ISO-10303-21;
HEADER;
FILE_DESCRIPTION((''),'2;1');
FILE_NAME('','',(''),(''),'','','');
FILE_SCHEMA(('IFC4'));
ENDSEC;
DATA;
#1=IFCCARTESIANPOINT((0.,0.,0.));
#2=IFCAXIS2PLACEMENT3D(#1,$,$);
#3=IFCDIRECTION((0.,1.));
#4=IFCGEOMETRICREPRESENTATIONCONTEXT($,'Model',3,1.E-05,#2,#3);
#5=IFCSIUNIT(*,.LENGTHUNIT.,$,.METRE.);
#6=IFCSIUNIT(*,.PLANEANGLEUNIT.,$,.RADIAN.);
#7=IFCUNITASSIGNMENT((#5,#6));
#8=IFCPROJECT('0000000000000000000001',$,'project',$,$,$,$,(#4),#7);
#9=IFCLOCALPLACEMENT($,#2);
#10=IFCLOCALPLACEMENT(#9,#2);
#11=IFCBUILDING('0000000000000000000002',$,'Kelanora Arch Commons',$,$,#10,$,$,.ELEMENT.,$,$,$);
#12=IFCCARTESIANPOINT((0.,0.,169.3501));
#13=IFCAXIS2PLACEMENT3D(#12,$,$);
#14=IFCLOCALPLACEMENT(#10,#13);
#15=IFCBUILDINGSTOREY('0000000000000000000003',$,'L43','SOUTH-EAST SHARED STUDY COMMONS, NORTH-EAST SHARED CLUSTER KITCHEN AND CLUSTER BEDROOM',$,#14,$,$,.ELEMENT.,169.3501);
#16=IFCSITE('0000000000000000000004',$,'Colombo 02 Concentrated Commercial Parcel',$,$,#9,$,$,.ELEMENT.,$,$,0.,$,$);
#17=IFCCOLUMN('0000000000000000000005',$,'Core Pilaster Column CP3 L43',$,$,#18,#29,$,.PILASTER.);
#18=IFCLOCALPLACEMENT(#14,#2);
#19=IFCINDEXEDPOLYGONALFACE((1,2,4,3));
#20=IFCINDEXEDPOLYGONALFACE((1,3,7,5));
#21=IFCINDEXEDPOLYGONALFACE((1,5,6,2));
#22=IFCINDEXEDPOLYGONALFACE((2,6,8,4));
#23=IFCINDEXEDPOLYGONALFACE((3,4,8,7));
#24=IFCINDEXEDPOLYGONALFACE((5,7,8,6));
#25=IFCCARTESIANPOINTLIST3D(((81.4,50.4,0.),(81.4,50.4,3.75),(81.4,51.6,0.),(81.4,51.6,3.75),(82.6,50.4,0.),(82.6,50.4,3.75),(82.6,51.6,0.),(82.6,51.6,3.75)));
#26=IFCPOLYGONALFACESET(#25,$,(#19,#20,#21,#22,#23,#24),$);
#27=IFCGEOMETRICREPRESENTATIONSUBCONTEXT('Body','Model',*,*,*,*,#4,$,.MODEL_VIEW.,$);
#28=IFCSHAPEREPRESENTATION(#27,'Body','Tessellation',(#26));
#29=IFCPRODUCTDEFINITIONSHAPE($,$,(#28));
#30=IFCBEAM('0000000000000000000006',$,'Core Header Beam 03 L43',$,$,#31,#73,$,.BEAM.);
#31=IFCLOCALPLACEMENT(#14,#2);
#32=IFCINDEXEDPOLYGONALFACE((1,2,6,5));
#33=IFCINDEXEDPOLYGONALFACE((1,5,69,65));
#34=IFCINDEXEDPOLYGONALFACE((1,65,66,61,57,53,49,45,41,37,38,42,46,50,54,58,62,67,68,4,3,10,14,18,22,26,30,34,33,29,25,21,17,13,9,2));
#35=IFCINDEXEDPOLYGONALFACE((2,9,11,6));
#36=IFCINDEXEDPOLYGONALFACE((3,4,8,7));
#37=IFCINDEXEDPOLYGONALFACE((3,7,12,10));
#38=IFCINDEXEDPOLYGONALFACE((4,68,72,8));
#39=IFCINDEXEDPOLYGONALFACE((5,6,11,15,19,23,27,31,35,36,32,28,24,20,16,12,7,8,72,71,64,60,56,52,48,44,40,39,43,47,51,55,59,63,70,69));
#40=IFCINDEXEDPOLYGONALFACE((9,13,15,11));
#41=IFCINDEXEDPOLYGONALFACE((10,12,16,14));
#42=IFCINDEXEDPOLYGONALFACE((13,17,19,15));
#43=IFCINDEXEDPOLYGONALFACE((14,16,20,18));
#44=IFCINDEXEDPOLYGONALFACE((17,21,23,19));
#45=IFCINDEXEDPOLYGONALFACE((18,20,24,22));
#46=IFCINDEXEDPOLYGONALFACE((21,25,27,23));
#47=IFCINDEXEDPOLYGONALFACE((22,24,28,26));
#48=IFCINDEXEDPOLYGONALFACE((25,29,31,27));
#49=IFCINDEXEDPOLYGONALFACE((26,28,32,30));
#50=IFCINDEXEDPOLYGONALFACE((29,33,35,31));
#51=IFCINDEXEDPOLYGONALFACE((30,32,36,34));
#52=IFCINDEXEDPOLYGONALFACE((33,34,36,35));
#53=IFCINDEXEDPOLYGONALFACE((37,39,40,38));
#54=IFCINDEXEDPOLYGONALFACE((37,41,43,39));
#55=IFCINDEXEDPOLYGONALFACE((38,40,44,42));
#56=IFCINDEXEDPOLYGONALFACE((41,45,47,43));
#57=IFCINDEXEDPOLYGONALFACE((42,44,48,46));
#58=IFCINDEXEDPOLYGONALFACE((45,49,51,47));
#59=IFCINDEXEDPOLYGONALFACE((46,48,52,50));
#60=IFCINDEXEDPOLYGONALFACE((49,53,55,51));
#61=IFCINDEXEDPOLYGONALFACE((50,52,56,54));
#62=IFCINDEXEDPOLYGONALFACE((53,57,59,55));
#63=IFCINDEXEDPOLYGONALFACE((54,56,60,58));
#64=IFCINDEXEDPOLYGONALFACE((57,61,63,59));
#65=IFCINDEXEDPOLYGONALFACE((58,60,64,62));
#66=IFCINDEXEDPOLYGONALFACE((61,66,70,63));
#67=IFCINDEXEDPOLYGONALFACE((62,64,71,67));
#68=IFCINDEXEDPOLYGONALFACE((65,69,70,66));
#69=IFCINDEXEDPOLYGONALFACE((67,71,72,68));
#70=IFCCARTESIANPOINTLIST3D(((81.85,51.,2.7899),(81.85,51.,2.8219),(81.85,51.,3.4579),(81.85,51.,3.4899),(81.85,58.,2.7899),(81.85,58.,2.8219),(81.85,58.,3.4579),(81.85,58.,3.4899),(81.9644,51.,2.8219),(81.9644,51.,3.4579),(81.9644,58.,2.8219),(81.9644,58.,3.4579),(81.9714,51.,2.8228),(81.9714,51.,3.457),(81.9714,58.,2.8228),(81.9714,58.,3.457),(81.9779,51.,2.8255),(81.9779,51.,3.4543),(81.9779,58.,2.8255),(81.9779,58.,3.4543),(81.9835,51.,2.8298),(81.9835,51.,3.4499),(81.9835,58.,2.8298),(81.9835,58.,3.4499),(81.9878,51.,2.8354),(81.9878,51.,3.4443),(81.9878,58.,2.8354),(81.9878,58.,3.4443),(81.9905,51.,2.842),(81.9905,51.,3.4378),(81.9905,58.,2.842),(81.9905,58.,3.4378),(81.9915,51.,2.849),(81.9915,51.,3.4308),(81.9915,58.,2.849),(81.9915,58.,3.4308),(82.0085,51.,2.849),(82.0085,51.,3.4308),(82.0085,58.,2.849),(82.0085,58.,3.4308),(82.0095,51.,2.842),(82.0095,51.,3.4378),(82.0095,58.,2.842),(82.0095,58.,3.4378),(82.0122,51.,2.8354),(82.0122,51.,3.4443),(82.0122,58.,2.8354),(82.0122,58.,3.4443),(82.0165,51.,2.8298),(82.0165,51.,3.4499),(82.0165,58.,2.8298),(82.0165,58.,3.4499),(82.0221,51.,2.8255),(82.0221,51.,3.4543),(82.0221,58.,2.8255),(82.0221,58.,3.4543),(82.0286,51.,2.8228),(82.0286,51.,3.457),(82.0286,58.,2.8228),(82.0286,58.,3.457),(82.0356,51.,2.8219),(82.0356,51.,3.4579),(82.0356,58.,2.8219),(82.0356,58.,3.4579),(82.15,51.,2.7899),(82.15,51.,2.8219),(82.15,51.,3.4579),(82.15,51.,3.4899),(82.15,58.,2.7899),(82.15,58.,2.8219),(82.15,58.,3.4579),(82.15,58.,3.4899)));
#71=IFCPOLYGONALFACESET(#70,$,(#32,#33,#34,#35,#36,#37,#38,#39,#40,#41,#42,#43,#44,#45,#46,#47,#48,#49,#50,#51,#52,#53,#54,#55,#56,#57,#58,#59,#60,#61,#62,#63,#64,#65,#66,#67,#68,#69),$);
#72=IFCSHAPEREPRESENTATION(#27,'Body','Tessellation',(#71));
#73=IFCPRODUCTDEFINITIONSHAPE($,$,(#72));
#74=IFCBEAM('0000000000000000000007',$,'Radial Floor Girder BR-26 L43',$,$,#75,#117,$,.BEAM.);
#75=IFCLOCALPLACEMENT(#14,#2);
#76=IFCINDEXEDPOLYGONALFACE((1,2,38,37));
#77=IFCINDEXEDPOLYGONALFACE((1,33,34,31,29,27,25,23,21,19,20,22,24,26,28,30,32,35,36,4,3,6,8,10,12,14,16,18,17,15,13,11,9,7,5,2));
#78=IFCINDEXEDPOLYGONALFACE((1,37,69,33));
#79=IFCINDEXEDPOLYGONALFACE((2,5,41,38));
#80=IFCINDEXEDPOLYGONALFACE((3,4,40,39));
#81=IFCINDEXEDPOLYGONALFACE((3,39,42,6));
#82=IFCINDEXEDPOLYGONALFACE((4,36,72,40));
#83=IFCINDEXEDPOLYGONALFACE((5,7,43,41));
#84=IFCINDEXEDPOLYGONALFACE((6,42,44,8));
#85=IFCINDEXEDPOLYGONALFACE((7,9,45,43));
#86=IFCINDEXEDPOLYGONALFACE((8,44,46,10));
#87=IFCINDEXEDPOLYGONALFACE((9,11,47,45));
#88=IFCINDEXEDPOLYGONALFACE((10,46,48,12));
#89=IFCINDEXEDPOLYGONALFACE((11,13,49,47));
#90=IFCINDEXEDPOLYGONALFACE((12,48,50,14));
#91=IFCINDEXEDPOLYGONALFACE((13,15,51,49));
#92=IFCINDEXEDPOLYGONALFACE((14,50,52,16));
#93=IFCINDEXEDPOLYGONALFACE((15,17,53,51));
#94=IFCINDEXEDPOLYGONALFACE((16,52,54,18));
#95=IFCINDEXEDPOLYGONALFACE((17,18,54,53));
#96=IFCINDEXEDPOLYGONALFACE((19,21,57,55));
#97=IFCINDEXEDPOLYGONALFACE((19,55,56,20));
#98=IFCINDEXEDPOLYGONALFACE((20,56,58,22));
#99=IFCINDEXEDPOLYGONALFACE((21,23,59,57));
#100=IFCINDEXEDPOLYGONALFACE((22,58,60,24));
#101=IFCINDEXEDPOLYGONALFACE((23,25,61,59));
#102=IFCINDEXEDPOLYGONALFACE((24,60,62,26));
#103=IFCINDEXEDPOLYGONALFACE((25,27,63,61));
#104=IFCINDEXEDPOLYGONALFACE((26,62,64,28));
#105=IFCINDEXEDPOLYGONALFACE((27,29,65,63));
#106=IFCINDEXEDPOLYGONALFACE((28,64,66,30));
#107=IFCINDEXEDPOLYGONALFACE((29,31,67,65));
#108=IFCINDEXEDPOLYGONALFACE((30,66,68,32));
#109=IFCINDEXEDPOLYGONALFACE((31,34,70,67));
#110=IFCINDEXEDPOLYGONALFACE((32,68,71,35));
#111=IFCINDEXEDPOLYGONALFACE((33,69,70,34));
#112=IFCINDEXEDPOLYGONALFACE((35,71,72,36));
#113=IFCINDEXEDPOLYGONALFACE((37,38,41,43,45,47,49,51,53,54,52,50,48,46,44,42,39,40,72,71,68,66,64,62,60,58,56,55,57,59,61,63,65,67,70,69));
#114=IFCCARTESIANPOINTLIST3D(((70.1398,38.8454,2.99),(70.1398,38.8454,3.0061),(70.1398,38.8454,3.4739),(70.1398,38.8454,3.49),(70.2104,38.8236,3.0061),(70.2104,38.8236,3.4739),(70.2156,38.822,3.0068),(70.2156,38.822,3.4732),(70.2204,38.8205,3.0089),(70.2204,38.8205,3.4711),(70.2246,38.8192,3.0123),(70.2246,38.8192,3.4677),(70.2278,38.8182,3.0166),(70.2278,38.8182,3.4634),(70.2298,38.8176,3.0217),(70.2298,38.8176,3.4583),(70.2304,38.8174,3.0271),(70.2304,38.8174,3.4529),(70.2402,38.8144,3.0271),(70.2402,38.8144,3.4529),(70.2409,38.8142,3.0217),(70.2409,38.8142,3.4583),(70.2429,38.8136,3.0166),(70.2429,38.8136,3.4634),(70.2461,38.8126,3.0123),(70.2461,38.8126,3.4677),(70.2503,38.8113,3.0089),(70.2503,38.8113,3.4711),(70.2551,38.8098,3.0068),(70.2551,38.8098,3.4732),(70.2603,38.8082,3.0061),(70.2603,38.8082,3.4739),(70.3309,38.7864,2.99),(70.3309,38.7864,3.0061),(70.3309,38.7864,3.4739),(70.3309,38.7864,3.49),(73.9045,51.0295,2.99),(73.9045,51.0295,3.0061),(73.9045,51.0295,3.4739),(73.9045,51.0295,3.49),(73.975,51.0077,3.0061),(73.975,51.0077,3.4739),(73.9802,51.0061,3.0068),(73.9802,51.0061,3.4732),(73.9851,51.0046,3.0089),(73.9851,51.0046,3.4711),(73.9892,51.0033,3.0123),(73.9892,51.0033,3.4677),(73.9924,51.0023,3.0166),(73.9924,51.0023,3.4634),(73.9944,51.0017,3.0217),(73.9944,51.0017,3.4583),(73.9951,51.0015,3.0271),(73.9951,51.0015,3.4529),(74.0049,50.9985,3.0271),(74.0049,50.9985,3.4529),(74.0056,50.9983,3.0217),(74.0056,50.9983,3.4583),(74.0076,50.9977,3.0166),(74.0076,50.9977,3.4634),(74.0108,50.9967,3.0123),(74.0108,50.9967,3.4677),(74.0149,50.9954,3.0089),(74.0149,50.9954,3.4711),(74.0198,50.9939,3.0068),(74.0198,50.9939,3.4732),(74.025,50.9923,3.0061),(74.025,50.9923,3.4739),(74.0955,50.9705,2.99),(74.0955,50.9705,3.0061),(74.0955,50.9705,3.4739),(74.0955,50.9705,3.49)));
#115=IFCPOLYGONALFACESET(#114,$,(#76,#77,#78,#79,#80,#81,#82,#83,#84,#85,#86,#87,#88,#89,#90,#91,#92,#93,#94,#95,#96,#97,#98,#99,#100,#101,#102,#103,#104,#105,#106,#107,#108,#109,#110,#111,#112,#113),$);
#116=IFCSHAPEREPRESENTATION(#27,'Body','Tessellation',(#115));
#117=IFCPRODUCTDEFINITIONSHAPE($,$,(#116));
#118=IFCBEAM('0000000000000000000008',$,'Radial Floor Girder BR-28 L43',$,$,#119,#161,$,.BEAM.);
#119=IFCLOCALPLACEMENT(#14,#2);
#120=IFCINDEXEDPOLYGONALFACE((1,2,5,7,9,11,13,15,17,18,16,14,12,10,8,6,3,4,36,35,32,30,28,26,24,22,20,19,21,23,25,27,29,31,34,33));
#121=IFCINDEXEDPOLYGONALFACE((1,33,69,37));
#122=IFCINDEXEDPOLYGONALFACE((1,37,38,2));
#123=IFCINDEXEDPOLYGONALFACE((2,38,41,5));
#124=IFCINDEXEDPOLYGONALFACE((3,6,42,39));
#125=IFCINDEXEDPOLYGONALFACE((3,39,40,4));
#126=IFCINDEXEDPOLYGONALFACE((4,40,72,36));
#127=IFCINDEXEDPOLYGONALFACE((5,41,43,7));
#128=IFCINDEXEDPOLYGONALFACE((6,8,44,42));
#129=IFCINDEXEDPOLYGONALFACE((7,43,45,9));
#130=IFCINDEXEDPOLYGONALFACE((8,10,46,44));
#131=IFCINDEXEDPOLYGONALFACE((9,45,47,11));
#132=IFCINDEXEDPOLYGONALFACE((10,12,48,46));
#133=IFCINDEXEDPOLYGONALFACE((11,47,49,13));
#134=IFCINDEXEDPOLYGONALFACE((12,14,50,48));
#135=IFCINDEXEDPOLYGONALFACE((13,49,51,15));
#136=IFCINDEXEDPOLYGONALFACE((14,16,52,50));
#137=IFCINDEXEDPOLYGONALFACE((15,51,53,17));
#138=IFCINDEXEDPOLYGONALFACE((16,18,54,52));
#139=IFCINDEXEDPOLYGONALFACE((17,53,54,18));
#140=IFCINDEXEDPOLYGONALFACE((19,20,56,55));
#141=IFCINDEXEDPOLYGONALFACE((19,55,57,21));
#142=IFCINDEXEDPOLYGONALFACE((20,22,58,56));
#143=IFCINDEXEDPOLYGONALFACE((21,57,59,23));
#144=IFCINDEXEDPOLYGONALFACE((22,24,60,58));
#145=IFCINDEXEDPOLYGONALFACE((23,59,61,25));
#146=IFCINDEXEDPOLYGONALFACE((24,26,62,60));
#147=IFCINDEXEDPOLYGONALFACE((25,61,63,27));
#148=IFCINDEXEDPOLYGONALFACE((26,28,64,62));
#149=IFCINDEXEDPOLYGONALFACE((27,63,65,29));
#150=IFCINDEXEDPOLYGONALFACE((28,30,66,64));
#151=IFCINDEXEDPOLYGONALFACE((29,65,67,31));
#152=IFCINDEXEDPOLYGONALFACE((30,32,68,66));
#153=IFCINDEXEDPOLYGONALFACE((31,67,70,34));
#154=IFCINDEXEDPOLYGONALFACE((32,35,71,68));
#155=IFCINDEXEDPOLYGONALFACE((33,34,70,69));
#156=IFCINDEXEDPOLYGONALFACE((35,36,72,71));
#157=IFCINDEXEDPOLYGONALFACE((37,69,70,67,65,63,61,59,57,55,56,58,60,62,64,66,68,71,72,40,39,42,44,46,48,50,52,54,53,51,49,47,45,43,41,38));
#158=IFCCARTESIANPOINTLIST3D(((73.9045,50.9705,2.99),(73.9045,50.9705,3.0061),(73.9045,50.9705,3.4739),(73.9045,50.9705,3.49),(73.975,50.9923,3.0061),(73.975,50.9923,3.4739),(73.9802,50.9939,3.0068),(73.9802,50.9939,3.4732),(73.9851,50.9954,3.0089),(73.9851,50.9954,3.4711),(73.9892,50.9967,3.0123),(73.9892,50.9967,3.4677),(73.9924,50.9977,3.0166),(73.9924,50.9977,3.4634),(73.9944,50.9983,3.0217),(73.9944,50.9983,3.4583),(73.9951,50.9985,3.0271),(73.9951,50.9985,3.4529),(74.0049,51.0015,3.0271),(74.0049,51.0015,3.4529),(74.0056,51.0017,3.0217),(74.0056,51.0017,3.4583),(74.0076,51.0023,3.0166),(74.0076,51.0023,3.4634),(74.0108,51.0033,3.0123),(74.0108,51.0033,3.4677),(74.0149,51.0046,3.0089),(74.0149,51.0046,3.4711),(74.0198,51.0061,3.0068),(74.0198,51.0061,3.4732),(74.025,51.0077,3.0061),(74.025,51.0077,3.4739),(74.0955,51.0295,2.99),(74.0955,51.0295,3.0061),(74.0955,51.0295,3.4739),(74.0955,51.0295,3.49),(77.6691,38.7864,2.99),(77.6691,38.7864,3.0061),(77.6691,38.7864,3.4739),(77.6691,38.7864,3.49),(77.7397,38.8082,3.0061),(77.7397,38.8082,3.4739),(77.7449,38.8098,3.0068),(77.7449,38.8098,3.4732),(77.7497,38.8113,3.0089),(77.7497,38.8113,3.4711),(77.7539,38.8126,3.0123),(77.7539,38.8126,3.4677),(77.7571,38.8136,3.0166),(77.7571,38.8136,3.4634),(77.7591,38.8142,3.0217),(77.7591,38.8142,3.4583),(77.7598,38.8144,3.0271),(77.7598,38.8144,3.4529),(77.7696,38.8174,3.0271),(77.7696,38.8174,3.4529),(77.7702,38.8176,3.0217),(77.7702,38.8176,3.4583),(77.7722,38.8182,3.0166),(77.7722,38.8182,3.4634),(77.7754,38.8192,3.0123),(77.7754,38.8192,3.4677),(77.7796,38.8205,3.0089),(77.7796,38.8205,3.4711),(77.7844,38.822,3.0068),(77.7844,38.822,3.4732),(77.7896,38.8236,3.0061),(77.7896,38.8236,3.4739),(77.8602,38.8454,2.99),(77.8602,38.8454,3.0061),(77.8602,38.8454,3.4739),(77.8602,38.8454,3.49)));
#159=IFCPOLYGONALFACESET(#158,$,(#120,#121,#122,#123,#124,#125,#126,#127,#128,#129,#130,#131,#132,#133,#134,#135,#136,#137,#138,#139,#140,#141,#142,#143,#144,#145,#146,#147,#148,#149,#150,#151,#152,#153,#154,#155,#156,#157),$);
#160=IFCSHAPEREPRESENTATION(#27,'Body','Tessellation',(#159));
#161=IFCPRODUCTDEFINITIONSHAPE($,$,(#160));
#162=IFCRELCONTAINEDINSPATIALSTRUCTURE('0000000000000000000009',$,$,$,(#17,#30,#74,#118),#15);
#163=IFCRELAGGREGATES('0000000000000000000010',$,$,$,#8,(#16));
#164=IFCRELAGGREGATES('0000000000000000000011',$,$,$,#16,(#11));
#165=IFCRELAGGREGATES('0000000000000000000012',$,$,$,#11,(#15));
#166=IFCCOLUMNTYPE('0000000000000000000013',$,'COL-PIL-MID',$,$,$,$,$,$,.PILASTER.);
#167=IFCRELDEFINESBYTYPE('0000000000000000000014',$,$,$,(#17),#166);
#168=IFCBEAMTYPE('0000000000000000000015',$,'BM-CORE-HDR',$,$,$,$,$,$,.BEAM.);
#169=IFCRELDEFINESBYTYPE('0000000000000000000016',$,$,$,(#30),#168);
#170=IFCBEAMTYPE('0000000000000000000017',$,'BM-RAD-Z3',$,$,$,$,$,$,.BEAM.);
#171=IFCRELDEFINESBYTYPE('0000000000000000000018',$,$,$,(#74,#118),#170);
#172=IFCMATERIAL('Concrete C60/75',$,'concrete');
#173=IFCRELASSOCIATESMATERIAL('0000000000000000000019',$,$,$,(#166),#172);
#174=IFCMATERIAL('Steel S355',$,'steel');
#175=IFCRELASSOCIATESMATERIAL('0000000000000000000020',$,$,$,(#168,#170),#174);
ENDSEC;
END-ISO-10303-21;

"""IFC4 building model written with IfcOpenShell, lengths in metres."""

from ifc_helpers import new_model, si_unit, direction, frame, origin, origin_2d, place, context, subcontext, project, spatial, rectangle, i_section, extrude, material, material_profile, profile_set, type_object, element, save


model = new_model("IFC4")

# Units and contexts
model_context = context("Model", 3, precision=1e-05, world=origin(), true_north=direction((0.0, 1.0)))
body_context = subcontext(model_context, "Body", "Model", "MODEL_VIEW")
ifc_project = project(units=[si_unit("LENGTHUNIT", "METRE"), si_unit("PLANEANGLEUNIT", "RADIAN")], contexts=[model_context])

# Site, building, storey
site_placement = place(None, origin())
site = spatial("IfcSite", under=ifc_project, at=site_placement, Name="Colombo 02 Concentrated Commercial Parcel", CompositionType="ELEMENT", RefElevation=0.0)
building_placement = place(site_placement, origin())
building = spatial("IfcBuilding", under=site, at=building_placement, Name="Kelanora Arch Commons", CompositionType="ELEMENT")
storey_placement = place(building_placement, frame((0.0, 0.0, 169.3501)))
storey = spatial("IfcBuildingStorey", under=building, at=storey_placement, Name="L43", Description="SOUTH-EAST SHARED STUDY COMMONS, NORTH-EAST SHARED CLUSTER KITCHEN AND CLUSTER BEDROOM", CompositionType="ELEMENT", Elevation=169.3501)

# Column
ifc_material_1 = material(Name="Concrete C60/75", Category="concrete")
ifc_material_profile_1 = material_profile(ifc_material_1, rectangle(XDim=1.2, YDim=1.2, at=origin_2d()), Name="RC1200x1200")
ifc_profile_set_1 = profile_set([ifc_material_profile_1], Name="Concrete C60/75")
column_type = type_object("IfcColumnType", Name="COL-PIL-MID", PredefinedType="PILASTER", material=ifc_profile_set_1)
column_placement = place(storey_placement, frame((82.0, 51.0, 0.0), z_axis=(0.0, 0.0, 1.0), x_axis=(1.0, 0.0, 0.0)))
element("IfcColumn", 1, at=column_placement, inside=storey, type_object=column_type, Name="Core Pilaster Column CP3 L43", PredefinedType="PILASTER", context=body_context, shape_type="SweptSolid", body=[
    extrude(rectangle(XDim=1.2, YDim=1.2, at=origin_2d()), origin(), (0.0, 0.0, 1.0), 3.75),
])

# Beams
ifc_material_2 = material(Name="Steel S355", Category="steel")
ifc_material_profile_2 = material_profile(ifc_material_2, i_section(OverallWidth=0.3, OverallDepth=0.7, WebThickness=0.0171, FlangeThickness=0.032, FilletRadius=0.0271, at=origin_2d()), Name="HEB700")
ifc_profile_set_2 = profile_set([ifc_material_profile_2], Name="Steel S355")
beam_type_1 = type_object("IfcBeamType", Name="BM-CORE-HDR", PredefinedType="BEAM", material=ifc_profile_set_2)
beam_1_placement = place(storey_placement, frame((82.0, 51.0, 3.1399), z_axis=(0.0, 1.0, 0.0), x_axis=(-1.0, 0.0, 0.0)))
element("IfcBeam", 2, at=beam_1_placement, inside=storey, type_object=beam_type_1, Name="Core Header Beam 03 L43", PredefinedType="BEAM", context=body_context, shape_type="SweptSolid", body=[
    extrude(i_section(OverallWidth=0.3, OverallDepth=0.7, WebThickness=0.0171, FlangeThickness=0.032, FilletRadius=0.0271, at=origin_2d()), origin(), (0.0, 0.0, 1.0), 7.0),
])
ifc_material_profile_3 = material_profile(ifc_material_2, i_section(OverallWidth=0.2, OverallDepth=0.5, WebThickness=0.0103, FlangeThickness=0.0161, FilletRadius=0.021, at=origin_2d()), Name="IPE500")
ifc_profile_set_3 = profile_set([ifc_material_profile_3], Name="Steel S355")
beam_type_2 = type_object("IfcBeamType", Name="BM-RAD-Z3", PredefinedType="BEAM", material=ifc_profile_set_3)
for number, where, z_axis, x_axis, name in (
    (3, (74.0, 51.0, 3.24), (-0.29521, -0.955432, 0.0), (0.955432, -0.29521, 0.0), "Radial Floor Girder BR-26 L43"),
    (4, (74.0, 51.0, 3.24), (0.29521, -0.955432, 0.0), (0.955432, 0.29521, 0.0), "Radial Floor Girder BR-28 L43"),
):
    element("IfcBeam", number, at=place(storey_placement, frame(where, z_axis=z_axis, x_axis=x_axis)), inside=storey, type_object=beam_type_2, Name=name, PredefinedType="BEAM", context=body_context, shape_type="SweptSolid", body=[
        extrude(i_section(OverallWidth=0.2, OverallDepth=0.5, WebThickness=0.0103, FlangeThickness=0.0161, FilletRadius=0.021, at=origin_2d()), origin(), (0.0, 0.0, 1.0), 12.7524),
    ])

save(model, "model.ifc")
